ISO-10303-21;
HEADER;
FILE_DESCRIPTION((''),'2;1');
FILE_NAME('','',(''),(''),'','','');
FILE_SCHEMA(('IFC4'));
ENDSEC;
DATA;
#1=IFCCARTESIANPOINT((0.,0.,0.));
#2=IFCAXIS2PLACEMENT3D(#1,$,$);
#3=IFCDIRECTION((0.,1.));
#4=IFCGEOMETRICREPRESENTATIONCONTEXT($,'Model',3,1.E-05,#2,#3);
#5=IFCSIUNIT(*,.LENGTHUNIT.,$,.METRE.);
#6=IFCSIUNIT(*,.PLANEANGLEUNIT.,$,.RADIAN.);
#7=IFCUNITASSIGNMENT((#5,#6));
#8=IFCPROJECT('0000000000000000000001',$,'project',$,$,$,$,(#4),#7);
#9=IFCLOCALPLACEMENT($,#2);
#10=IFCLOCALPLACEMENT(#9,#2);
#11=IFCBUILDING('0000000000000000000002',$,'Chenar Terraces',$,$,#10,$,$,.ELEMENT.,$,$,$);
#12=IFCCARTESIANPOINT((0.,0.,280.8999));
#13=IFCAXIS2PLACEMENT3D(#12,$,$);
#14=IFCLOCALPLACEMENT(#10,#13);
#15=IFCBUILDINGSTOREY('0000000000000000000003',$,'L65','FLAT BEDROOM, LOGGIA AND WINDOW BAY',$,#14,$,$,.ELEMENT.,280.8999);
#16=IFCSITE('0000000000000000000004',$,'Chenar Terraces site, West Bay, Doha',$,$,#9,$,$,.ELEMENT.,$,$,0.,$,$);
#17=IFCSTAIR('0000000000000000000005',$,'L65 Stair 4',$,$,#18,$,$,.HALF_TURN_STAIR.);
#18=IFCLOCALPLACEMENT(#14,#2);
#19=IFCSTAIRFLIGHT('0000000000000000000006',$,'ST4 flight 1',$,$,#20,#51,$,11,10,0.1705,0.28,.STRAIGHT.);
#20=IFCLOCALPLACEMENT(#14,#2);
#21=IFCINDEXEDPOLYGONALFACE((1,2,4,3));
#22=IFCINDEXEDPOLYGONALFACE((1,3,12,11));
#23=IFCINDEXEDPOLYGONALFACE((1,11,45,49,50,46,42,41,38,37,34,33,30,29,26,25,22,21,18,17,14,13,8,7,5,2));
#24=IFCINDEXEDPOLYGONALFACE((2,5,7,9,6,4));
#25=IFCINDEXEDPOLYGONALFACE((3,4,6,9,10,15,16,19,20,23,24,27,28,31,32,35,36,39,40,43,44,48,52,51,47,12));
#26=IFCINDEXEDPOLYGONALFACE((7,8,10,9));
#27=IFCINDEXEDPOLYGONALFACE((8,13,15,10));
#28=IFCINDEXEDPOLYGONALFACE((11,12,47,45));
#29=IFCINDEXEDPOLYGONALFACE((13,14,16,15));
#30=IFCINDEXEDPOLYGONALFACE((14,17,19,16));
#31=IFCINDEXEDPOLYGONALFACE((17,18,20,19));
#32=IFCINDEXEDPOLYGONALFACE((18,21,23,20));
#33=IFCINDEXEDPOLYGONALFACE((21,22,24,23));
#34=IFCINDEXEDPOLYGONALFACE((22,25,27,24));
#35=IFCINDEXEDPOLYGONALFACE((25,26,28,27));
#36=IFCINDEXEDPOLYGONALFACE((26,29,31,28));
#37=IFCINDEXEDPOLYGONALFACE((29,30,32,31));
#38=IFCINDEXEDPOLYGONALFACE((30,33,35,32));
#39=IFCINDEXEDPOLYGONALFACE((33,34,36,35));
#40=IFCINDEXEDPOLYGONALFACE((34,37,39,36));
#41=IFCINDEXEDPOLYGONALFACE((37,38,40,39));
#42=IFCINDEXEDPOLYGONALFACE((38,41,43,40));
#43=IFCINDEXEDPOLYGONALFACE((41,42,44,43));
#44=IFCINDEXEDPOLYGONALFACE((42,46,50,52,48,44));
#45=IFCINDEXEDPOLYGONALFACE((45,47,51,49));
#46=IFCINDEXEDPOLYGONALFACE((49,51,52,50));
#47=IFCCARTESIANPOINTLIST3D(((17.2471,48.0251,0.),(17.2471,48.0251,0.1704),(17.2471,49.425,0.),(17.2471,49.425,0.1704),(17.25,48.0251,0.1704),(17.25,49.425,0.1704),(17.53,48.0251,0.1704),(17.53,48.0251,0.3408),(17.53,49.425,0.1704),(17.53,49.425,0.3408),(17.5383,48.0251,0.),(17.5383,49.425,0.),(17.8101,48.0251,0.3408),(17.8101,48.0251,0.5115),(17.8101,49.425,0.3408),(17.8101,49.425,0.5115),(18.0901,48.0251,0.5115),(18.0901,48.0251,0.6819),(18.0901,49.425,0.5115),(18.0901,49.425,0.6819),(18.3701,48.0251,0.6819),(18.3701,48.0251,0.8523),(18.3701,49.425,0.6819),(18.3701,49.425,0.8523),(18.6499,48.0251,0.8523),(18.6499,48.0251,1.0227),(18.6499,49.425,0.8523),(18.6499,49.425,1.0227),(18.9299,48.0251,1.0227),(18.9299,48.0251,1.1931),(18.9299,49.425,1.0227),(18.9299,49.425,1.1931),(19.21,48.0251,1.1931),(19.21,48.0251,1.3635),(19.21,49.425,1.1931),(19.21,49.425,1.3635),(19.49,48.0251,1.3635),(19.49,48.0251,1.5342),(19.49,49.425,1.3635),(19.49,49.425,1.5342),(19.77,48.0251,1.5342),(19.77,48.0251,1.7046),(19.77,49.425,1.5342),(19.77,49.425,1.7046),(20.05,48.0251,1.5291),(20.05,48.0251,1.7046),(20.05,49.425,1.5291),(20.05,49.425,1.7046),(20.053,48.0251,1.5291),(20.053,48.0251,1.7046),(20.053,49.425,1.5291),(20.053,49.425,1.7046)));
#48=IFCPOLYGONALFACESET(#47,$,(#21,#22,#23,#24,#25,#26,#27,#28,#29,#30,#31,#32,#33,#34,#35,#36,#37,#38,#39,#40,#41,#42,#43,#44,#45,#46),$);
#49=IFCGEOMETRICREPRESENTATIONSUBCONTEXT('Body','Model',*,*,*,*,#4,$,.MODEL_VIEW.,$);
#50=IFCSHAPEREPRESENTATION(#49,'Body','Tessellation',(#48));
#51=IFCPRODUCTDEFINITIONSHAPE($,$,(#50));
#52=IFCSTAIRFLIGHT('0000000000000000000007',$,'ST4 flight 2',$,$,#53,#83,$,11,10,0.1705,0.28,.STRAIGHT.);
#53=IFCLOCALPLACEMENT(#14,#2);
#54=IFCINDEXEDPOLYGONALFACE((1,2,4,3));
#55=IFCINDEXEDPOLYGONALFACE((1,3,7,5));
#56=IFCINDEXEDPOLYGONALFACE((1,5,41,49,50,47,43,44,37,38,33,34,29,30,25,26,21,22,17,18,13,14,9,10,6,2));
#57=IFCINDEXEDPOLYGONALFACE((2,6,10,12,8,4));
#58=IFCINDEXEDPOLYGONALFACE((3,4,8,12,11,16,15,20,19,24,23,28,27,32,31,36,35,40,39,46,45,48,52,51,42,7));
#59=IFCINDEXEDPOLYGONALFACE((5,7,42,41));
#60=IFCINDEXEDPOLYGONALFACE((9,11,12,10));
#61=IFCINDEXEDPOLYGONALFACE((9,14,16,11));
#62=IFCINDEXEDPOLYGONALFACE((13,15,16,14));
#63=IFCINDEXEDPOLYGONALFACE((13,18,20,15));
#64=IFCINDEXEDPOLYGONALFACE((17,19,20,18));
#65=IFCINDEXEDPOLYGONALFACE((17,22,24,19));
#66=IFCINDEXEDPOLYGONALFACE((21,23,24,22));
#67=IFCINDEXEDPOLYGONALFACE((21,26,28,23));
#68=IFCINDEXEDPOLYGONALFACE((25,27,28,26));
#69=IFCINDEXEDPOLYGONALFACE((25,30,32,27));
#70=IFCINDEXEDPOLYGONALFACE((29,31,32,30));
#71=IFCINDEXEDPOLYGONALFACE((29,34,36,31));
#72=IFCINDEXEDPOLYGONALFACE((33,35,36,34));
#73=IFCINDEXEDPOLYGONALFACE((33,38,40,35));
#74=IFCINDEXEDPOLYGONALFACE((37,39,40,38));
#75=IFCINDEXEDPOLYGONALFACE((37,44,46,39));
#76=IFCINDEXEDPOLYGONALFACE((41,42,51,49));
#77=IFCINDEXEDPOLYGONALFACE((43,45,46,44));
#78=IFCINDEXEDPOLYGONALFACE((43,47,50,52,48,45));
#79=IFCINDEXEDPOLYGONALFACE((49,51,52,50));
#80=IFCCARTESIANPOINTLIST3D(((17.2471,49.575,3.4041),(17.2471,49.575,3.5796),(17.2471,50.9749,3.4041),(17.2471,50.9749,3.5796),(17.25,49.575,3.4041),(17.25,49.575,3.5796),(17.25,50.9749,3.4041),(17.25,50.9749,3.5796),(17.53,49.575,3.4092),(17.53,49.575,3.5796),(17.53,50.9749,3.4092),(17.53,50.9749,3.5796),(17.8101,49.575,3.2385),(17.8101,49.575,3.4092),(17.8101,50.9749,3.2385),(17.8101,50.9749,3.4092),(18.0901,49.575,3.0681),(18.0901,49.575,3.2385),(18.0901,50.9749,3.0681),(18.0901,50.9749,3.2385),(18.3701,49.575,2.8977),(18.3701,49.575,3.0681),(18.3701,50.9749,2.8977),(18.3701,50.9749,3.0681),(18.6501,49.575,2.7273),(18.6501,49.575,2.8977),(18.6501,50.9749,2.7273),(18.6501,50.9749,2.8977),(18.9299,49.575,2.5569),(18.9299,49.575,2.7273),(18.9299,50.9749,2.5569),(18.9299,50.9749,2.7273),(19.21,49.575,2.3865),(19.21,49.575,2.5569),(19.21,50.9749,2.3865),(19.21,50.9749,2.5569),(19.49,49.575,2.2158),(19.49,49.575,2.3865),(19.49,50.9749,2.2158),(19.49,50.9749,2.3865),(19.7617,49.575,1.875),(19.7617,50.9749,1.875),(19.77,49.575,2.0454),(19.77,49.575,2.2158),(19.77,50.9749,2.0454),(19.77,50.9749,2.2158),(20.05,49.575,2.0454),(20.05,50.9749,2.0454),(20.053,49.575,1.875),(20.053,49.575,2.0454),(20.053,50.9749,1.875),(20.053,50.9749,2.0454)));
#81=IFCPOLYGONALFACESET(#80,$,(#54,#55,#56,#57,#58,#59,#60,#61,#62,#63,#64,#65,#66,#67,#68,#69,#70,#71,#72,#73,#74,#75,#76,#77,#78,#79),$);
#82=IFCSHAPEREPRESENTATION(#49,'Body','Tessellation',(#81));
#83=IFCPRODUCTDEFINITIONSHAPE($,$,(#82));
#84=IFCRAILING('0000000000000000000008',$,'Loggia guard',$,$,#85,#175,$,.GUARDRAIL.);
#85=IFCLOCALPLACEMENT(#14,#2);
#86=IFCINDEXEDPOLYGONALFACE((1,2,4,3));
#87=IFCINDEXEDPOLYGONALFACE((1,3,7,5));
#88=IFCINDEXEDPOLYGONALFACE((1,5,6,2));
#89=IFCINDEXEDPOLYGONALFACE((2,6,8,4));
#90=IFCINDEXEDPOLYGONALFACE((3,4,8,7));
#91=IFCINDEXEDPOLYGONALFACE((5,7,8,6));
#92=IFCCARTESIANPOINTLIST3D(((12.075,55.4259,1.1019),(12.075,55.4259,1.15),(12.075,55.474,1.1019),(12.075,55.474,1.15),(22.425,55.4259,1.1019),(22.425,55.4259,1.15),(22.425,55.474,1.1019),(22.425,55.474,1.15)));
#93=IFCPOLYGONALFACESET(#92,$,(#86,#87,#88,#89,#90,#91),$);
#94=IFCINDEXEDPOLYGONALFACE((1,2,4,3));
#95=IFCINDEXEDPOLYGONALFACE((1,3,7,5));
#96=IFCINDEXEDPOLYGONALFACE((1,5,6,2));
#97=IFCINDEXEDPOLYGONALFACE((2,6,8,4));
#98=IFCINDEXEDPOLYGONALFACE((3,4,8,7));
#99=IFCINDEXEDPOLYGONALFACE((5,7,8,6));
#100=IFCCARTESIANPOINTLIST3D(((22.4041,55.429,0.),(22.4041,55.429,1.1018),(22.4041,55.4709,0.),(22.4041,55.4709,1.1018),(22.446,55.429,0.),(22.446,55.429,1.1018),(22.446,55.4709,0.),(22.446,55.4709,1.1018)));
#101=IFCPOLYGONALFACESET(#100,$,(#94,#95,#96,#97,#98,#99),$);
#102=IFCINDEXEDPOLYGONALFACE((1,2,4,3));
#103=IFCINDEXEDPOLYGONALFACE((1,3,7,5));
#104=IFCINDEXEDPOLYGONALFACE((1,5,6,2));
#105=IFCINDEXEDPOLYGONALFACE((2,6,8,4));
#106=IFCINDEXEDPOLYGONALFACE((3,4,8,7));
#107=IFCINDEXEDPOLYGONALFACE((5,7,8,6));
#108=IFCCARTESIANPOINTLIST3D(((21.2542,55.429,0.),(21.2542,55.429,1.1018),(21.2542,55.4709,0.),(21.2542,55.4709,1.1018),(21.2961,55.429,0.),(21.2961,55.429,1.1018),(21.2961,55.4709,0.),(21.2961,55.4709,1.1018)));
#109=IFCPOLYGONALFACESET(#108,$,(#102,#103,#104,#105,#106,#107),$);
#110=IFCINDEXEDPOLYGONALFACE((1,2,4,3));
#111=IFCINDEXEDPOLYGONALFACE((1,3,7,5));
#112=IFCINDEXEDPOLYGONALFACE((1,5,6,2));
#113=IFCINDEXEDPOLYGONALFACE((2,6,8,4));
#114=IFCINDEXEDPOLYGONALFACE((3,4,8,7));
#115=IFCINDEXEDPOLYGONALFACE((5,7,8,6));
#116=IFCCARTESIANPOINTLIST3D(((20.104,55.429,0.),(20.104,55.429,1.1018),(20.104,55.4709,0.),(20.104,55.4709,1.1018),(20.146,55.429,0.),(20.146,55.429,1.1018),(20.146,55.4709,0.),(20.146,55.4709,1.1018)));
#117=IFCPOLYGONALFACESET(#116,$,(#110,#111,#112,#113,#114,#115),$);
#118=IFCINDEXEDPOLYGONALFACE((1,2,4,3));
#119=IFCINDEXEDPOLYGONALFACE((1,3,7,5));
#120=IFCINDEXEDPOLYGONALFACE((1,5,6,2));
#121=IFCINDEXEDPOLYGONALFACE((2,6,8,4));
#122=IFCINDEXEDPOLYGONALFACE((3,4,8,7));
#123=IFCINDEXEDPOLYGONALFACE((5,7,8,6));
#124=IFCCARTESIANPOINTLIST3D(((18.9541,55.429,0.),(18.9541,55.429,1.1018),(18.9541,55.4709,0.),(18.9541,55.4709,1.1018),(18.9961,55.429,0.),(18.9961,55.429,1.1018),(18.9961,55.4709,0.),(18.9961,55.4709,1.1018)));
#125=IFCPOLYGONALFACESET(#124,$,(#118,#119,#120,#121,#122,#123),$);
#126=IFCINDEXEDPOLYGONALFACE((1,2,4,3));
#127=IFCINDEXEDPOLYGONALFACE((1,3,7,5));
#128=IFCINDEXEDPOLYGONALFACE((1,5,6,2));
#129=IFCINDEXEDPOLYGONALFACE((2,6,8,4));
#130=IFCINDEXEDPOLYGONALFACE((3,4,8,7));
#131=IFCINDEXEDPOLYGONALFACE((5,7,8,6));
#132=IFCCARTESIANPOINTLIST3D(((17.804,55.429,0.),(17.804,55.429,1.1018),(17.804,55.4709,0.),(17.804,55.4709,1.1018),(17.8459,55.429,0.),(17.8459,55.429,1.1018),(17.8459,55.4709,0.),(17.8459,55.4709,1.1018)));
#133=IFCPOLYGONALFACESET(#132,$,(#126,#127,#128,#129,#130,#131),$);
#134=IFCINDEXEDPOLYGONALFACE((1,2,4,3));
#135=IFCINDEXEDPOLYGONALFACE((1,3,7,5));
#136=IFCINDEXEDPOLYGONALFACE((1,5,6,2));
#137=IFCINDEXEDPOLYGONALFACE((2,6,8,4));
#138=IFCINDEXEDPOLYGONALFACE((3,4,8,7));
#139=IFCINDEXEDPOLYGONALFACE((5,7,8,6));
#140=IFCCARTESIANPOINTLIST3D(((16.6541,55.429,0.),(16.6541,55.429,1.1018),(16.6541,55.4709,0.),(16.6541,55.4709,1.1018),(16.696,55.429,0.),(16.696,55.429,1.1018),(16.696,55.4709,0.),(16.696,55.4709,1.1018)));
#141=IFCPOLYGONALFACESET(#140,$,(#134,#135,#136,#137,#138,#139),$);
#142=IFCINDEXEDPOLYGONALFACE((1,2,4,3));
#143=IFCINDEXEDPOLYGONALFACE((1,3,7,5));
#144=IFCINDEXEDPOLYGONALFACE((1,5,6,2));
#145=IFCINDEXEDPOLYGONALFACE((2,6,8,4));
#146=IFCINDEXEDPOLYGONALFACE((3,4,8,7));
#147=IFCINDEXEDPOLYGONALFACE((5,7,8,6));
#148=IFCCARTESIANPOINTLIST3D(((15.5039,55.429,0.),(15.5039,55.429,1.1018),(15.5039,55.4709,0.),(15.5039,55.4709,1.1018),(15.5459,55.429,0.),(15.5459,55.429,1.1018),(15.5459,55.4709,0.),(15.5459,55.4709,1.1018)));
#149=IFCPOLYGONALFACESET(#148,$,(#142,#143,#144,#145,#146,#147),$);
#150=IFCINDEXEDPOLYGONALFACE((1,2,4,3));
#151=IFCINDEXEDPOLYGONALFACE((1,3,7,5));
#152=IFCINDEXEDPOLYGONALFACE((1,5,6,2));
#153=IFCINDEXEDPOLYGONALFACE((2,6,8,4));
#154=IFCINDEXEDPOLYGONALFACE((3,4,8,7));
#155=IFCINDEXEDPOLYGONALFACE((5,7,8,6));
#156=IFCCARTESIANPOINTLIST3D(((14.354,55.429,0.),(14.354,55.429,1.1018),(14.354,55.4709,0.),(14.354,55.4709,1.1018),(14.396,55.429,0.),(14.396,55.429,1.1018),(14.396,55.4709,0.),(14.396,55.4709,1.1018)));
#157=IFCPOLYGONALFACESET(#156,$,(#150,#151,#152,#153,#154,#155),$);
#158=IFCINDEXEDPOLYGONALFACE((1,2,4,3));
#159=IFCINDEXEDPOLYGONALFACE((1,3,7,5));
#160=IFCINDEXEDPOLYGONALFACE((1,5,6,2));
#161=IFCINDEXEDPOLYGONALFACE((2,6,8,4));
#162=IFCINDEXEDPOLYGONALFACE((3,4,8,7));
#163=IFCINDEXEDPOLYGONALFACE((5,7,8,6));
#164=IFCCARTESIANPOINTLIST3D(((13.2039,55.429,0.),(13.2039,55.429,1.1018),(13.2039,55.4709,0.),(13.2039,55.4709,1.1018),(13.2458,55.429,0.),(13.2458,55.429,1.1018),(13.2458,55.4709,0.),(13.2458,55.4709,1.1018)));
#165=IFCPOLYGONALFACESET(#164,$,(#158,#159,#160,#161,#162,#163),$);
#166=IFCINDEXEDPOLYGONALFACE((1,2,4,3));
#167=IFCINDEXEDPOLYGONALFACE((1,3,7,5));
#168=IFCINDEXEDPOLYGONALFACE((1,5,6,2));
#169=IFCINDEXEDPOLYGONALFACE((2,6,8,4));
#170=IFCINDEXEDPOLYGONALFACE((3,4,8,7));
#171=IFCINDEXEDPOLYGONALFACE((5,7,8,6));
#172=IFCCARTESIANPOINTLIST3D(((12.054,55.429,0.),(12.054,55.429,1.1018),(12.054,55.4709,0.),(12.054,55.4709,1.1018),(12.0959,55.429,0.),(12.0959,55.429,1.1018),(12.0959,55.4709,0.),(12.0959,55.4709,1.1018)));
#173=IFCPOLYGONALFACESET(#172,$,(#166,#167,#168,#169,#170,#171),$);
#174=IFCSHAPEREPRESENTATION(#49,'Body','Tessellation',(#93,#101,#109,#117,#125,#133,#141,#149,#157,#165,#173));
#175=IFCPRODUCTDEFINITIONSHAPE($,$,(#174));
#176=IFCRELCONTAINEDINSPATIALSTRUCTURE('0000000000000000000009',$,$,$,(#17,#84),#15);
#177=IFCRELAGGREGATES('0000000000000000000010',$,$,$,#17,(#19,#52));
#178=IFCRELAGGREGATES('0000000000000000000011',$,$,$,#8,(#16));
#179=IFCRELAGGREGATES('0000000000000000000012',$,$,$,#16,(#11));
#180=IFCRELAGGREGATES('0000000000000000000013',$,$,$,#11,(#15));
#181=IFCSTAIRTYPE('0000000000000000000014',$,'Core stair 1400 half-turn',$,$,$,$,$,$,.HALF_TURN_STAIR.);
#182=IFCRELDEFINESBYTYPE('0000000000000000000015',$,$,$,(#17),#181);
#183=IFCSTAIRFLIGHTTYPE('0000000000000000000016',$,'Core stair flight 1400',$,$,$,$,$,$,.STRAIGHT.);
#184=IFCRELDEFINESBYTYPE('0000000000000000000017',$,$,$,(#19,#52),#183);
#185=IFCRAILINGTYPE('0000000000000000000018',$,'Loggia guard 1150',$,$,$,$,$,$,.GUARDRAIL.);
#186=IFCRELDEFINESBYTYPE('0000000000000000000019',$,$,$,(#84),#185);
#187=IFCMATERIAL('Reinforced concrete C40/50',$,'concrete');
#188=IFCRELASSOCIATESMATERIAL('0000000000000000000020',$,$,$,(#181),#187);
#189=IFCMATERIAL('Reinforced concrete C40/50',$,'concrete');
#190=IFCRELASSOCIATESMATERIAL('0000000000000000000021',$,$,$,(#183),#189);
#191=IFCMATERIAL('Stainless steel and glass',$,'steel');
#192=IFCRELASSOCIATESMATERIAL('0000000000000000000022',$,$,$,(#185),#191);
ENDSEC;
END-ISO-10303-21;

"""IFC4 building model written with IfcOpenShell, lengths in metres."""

from ifc_helpers import new_model, si_unit, direction, frame, origin, origin_2d, place, context, subcontext, project, spatial, polyline, rectangle, outline, extrude, material, type_object, element, aggregate, save


model = new_model("IFC4")

# Units and contexts
model_context = context("Model", 3, precision=1e-05, world=origin(), true_north=direction((0.0, 1.0)))
body_context = subcontext(model_context, "Body", "Model", "MODEL_VIEW")
ifc_project = project(units=[si_unit("LENGTHUNIT", "METRE"), si_unit("PLANEANGLEUNIT", "RADIAN")], contexts=[model_context])

# Site, building, storey
site_placement = place(None, origin())
site = spatial("IfcSite", under=ifc_project, at=site_placement, Name="Chenar Terraces site, West Bay, Doha", CompositionType="ELEMENT", RefElevation=0.0)
building_placement = place(site_placement, origin())
building = spatial("IfcBuilding", under=site, at=building_placement, Name="Chenar Terraces", CompositionType="ELEMENT")
storey_placement = place(building_placement, frame((0.0, 0.0, 280.8999)))
storey = spatial("IfcBuildingStorey", under=building, at=storey_placement, Name="L65", Description="FLAT BEDROOM, LOGGIA AND WINDOW BAY", CompositionType="ELEMENT", Elevation=280.8999)

# Stair, stair flights
ifc_material_1 = material(Name="Reinforced concrete C40/50", Category="concrete")
stair_type = type_object("IfcStairType", Name="Core stair 1400 half-turn", PredefinedType="HALF_TURN_STAIR", material=ifc_material_1)
stair_placement = place(storey_placement, origin())
stair = element("IfcStair", 1, at=stair_placement, inside=storey, type_object=stair_type, Name="L65 Stair 4", PredefinedType="HALF_TURN_STAIR")
ifc_material_2 = material(Name="Reinforced concrete C40/50", Category="concrete")
stair_flight_type = type_object("IfcStairFlightType", Name="Core stair flight 1400", PredefinedType="STRAIGHT", material=ifc_material_2)
stair_flight_1_placement = place(storey_placement, frame((17.25, 48.7251, 0.0), z_axis=(0.0, 0.0, 1.0), x_axis=(1.0, 0.0, 0.0)))
stair_flight_1 = element("IfcStairFlight", 2, at=stair_flight_1_placement, type_object=stair_flight_type, Name="ST4 flight 1", NumberOfRisers=11, NumberOfTreads=10, PredefinedType="STRAIGHT", RiserHeight=0.1705, TreadLength=0.28, context=body_context, shape_type="SweptSolid", body=[
    extrude(outline(polyline([(-0.0029, 0.0), (-0.0029, 0.1704), (0.0, 0.1704), (0.28, 0.1704), (0.28, 0.3408), (0.5601, 0.3408), (0.5601, 0.5115), (0.8401, 0.5115), (0.8401, 0.6819), (1.1201, 0.6819), (1.1201, 0.8523), (1.3999, 0.8523), (1.3999, 1.0227), (1.6799, 1.0227), (1.6799, 1.1931), (1.96, 1.1931), (1.96, 1.3635), (2.24, 1.3635), (2.24, 1.5342), (2.52, 1.5342), (2.52, 1.7046), (2.8, 1.7046), (2.803, 1.7046), (2.803, 1.5291), (2.8, 1.5291), (0.2883, 0.0), (-0.0029, 0.0)])), frame((0.0, 0.7, 0.0), z_axis=(0.0, -1.0, 0.0), x_axis=(1.0, 0.0, 0.0)), (0.0, 0.0, 1.0), 1.3999),
])
stair_flight_2_placement = place(storey_placement, frame((20.05, 50.2749, 1.875), z_axis=(0.0, 0.0, 1.0), x_axis=(-1.0, 0.0, 0.0)))
stair_flight_2 = element("IfcStairFlight", 3, at=stair_flight_2_placement, type_object=stair_flight_type, Name="ST4 flight 2", NumberOfRisers=11, NumberOfTreads=10, PredefinedType="STRAIGHT", RiserHeight=0.1705, TreadLength=0.28, context=body_context, shape_type="SweptSolid", body=[
    extrude(outline(polyline([(-0.0029, 0.0), (-0.0029, 0.1704), (0.0, 0.1704), (0.28, 0.1704), (0.28, 0.3408), (0.5601, 0.3408), (0.5601, 0.5115), (0.8401, 0.5115), (0.8401, 0.6819), (1.1201, 0.6819), (1.1201, 0.8523), (1.3999, 0.8523), (1.3999, 1.0227), (1.6799, 1.0227), (1.6799, 1.1931), (1.96, 1.1931), (1.96, 1.3635), (2.24, 1.3635), (2.24, 1.5342), (2.52, 1.5342), (2.52, 1.7046), (2.8, 1.7046), (2.803, 1.7046), (2.803, 1.5291), (2.8, 1.5291), (0.2883, 0.0), (-0.0029, 0.0)])), frame((0.0, 0.7, 0.0), z_axis=(0.0, -1.0, 0.0), x_axis=(1.0, 0.0, 0.0)), (0.0, 0.0, 1.0), 1.3999),
])
aggregate(stair, [stair_flight_1, stair_flight_2])

# Railing
ifc_material_3 = material(Name="Stainless steel and glass", Category="steel")
railing_type_1 = type_object("IfcRailingType", Name="Loggia guard 1150", PredefinedType="GUARDRAIL", material=ifc_material_3)
railing_1_placement = place(storey_placement, frame((22.425, 55.45, 0.0)))
element("IfcRailing", 4, at=railing_1_placement, inside=storey, type_object=railing_type_1, Name="Loggia guard", PredefinedType="GUARDRAIL", context=body_context, shape_type="SweptSolid", body=[
    extrude(rectangle(XDim=0.0481, YDim=0.0481, at=origin_2d()), frame((0.0, 0.0, 1.126), z_axis=(-1.0, 0.0, 0.0), x_axis=(0.0, -1.0, 0.0)), (0.0, 0.0, 1.0), 10.3501),
    extrude(rectangle(XDim=0.042, YDim=0.042, at=origin_2d()), origin(), (0.0, 0.0, 1.0), 1.1018),
    extrude(rectangle(XDim=0.042, YDim=0.042, at=origin_2d()), frame((-1.1499, 0.0, 0.0)), (0.0, 0.0, 1.0), 1.1018),
    extrude(rectangle(XDim=0.042, YDim=0.042, at=origin_2d()), frame((-2.3, 0.0, 0.0)), (0.0, 0.0, 1.0), 1.1018),
    extrude(rectangle(XDim=0.042, YDim=0.042, at=origin_2d()), frame((-3.45, 0.0, 0.0)), (0.0, 0.0, 1.0), 1.1018),
    extrude(rectangle(XDim=0.042, YDim=0.042, at=origin_2d()), frame((-4.6001, 0.0, 0.0)), (0.0, 0.0, 1.0), 1.1018),
    extrude(rectangle(XDim=0.042, YDim=0.042, at=origin_2d()), frame((-5.75, 0.0, 0.0)), (0.0, 0.0, 1.0), 1.1018),
    extrude(rectangle(XDim=0.042, YDim=0.042, at=origin_2d()), frame((-6.9001, 0.0, 0.0)), (0.0, 0.0, 1.0), 1.1018),
    extrude(rectangle(XDim=0.042, YDim=0.042, at=origin_2d()), frame((-8.05, 0.0, 0.0)), (0.0, 0.0, 1.0), 1.1018),
    extrude(rectangle(XDim=0.042, YDim=0.042, at=origin_2d()), frame((-9.2002, 0.0, 0.0)), (0.0, 0.0, 1.0), 1.1018),
    extrude(rectangle(XDim=0.042, YDim=0.042, at=origin_2d()), frame((-10.3501, 0.0, 0.0)), (0.0, 0.0, 1.0), 1.1018),
])

save(model, "model.ifc")
